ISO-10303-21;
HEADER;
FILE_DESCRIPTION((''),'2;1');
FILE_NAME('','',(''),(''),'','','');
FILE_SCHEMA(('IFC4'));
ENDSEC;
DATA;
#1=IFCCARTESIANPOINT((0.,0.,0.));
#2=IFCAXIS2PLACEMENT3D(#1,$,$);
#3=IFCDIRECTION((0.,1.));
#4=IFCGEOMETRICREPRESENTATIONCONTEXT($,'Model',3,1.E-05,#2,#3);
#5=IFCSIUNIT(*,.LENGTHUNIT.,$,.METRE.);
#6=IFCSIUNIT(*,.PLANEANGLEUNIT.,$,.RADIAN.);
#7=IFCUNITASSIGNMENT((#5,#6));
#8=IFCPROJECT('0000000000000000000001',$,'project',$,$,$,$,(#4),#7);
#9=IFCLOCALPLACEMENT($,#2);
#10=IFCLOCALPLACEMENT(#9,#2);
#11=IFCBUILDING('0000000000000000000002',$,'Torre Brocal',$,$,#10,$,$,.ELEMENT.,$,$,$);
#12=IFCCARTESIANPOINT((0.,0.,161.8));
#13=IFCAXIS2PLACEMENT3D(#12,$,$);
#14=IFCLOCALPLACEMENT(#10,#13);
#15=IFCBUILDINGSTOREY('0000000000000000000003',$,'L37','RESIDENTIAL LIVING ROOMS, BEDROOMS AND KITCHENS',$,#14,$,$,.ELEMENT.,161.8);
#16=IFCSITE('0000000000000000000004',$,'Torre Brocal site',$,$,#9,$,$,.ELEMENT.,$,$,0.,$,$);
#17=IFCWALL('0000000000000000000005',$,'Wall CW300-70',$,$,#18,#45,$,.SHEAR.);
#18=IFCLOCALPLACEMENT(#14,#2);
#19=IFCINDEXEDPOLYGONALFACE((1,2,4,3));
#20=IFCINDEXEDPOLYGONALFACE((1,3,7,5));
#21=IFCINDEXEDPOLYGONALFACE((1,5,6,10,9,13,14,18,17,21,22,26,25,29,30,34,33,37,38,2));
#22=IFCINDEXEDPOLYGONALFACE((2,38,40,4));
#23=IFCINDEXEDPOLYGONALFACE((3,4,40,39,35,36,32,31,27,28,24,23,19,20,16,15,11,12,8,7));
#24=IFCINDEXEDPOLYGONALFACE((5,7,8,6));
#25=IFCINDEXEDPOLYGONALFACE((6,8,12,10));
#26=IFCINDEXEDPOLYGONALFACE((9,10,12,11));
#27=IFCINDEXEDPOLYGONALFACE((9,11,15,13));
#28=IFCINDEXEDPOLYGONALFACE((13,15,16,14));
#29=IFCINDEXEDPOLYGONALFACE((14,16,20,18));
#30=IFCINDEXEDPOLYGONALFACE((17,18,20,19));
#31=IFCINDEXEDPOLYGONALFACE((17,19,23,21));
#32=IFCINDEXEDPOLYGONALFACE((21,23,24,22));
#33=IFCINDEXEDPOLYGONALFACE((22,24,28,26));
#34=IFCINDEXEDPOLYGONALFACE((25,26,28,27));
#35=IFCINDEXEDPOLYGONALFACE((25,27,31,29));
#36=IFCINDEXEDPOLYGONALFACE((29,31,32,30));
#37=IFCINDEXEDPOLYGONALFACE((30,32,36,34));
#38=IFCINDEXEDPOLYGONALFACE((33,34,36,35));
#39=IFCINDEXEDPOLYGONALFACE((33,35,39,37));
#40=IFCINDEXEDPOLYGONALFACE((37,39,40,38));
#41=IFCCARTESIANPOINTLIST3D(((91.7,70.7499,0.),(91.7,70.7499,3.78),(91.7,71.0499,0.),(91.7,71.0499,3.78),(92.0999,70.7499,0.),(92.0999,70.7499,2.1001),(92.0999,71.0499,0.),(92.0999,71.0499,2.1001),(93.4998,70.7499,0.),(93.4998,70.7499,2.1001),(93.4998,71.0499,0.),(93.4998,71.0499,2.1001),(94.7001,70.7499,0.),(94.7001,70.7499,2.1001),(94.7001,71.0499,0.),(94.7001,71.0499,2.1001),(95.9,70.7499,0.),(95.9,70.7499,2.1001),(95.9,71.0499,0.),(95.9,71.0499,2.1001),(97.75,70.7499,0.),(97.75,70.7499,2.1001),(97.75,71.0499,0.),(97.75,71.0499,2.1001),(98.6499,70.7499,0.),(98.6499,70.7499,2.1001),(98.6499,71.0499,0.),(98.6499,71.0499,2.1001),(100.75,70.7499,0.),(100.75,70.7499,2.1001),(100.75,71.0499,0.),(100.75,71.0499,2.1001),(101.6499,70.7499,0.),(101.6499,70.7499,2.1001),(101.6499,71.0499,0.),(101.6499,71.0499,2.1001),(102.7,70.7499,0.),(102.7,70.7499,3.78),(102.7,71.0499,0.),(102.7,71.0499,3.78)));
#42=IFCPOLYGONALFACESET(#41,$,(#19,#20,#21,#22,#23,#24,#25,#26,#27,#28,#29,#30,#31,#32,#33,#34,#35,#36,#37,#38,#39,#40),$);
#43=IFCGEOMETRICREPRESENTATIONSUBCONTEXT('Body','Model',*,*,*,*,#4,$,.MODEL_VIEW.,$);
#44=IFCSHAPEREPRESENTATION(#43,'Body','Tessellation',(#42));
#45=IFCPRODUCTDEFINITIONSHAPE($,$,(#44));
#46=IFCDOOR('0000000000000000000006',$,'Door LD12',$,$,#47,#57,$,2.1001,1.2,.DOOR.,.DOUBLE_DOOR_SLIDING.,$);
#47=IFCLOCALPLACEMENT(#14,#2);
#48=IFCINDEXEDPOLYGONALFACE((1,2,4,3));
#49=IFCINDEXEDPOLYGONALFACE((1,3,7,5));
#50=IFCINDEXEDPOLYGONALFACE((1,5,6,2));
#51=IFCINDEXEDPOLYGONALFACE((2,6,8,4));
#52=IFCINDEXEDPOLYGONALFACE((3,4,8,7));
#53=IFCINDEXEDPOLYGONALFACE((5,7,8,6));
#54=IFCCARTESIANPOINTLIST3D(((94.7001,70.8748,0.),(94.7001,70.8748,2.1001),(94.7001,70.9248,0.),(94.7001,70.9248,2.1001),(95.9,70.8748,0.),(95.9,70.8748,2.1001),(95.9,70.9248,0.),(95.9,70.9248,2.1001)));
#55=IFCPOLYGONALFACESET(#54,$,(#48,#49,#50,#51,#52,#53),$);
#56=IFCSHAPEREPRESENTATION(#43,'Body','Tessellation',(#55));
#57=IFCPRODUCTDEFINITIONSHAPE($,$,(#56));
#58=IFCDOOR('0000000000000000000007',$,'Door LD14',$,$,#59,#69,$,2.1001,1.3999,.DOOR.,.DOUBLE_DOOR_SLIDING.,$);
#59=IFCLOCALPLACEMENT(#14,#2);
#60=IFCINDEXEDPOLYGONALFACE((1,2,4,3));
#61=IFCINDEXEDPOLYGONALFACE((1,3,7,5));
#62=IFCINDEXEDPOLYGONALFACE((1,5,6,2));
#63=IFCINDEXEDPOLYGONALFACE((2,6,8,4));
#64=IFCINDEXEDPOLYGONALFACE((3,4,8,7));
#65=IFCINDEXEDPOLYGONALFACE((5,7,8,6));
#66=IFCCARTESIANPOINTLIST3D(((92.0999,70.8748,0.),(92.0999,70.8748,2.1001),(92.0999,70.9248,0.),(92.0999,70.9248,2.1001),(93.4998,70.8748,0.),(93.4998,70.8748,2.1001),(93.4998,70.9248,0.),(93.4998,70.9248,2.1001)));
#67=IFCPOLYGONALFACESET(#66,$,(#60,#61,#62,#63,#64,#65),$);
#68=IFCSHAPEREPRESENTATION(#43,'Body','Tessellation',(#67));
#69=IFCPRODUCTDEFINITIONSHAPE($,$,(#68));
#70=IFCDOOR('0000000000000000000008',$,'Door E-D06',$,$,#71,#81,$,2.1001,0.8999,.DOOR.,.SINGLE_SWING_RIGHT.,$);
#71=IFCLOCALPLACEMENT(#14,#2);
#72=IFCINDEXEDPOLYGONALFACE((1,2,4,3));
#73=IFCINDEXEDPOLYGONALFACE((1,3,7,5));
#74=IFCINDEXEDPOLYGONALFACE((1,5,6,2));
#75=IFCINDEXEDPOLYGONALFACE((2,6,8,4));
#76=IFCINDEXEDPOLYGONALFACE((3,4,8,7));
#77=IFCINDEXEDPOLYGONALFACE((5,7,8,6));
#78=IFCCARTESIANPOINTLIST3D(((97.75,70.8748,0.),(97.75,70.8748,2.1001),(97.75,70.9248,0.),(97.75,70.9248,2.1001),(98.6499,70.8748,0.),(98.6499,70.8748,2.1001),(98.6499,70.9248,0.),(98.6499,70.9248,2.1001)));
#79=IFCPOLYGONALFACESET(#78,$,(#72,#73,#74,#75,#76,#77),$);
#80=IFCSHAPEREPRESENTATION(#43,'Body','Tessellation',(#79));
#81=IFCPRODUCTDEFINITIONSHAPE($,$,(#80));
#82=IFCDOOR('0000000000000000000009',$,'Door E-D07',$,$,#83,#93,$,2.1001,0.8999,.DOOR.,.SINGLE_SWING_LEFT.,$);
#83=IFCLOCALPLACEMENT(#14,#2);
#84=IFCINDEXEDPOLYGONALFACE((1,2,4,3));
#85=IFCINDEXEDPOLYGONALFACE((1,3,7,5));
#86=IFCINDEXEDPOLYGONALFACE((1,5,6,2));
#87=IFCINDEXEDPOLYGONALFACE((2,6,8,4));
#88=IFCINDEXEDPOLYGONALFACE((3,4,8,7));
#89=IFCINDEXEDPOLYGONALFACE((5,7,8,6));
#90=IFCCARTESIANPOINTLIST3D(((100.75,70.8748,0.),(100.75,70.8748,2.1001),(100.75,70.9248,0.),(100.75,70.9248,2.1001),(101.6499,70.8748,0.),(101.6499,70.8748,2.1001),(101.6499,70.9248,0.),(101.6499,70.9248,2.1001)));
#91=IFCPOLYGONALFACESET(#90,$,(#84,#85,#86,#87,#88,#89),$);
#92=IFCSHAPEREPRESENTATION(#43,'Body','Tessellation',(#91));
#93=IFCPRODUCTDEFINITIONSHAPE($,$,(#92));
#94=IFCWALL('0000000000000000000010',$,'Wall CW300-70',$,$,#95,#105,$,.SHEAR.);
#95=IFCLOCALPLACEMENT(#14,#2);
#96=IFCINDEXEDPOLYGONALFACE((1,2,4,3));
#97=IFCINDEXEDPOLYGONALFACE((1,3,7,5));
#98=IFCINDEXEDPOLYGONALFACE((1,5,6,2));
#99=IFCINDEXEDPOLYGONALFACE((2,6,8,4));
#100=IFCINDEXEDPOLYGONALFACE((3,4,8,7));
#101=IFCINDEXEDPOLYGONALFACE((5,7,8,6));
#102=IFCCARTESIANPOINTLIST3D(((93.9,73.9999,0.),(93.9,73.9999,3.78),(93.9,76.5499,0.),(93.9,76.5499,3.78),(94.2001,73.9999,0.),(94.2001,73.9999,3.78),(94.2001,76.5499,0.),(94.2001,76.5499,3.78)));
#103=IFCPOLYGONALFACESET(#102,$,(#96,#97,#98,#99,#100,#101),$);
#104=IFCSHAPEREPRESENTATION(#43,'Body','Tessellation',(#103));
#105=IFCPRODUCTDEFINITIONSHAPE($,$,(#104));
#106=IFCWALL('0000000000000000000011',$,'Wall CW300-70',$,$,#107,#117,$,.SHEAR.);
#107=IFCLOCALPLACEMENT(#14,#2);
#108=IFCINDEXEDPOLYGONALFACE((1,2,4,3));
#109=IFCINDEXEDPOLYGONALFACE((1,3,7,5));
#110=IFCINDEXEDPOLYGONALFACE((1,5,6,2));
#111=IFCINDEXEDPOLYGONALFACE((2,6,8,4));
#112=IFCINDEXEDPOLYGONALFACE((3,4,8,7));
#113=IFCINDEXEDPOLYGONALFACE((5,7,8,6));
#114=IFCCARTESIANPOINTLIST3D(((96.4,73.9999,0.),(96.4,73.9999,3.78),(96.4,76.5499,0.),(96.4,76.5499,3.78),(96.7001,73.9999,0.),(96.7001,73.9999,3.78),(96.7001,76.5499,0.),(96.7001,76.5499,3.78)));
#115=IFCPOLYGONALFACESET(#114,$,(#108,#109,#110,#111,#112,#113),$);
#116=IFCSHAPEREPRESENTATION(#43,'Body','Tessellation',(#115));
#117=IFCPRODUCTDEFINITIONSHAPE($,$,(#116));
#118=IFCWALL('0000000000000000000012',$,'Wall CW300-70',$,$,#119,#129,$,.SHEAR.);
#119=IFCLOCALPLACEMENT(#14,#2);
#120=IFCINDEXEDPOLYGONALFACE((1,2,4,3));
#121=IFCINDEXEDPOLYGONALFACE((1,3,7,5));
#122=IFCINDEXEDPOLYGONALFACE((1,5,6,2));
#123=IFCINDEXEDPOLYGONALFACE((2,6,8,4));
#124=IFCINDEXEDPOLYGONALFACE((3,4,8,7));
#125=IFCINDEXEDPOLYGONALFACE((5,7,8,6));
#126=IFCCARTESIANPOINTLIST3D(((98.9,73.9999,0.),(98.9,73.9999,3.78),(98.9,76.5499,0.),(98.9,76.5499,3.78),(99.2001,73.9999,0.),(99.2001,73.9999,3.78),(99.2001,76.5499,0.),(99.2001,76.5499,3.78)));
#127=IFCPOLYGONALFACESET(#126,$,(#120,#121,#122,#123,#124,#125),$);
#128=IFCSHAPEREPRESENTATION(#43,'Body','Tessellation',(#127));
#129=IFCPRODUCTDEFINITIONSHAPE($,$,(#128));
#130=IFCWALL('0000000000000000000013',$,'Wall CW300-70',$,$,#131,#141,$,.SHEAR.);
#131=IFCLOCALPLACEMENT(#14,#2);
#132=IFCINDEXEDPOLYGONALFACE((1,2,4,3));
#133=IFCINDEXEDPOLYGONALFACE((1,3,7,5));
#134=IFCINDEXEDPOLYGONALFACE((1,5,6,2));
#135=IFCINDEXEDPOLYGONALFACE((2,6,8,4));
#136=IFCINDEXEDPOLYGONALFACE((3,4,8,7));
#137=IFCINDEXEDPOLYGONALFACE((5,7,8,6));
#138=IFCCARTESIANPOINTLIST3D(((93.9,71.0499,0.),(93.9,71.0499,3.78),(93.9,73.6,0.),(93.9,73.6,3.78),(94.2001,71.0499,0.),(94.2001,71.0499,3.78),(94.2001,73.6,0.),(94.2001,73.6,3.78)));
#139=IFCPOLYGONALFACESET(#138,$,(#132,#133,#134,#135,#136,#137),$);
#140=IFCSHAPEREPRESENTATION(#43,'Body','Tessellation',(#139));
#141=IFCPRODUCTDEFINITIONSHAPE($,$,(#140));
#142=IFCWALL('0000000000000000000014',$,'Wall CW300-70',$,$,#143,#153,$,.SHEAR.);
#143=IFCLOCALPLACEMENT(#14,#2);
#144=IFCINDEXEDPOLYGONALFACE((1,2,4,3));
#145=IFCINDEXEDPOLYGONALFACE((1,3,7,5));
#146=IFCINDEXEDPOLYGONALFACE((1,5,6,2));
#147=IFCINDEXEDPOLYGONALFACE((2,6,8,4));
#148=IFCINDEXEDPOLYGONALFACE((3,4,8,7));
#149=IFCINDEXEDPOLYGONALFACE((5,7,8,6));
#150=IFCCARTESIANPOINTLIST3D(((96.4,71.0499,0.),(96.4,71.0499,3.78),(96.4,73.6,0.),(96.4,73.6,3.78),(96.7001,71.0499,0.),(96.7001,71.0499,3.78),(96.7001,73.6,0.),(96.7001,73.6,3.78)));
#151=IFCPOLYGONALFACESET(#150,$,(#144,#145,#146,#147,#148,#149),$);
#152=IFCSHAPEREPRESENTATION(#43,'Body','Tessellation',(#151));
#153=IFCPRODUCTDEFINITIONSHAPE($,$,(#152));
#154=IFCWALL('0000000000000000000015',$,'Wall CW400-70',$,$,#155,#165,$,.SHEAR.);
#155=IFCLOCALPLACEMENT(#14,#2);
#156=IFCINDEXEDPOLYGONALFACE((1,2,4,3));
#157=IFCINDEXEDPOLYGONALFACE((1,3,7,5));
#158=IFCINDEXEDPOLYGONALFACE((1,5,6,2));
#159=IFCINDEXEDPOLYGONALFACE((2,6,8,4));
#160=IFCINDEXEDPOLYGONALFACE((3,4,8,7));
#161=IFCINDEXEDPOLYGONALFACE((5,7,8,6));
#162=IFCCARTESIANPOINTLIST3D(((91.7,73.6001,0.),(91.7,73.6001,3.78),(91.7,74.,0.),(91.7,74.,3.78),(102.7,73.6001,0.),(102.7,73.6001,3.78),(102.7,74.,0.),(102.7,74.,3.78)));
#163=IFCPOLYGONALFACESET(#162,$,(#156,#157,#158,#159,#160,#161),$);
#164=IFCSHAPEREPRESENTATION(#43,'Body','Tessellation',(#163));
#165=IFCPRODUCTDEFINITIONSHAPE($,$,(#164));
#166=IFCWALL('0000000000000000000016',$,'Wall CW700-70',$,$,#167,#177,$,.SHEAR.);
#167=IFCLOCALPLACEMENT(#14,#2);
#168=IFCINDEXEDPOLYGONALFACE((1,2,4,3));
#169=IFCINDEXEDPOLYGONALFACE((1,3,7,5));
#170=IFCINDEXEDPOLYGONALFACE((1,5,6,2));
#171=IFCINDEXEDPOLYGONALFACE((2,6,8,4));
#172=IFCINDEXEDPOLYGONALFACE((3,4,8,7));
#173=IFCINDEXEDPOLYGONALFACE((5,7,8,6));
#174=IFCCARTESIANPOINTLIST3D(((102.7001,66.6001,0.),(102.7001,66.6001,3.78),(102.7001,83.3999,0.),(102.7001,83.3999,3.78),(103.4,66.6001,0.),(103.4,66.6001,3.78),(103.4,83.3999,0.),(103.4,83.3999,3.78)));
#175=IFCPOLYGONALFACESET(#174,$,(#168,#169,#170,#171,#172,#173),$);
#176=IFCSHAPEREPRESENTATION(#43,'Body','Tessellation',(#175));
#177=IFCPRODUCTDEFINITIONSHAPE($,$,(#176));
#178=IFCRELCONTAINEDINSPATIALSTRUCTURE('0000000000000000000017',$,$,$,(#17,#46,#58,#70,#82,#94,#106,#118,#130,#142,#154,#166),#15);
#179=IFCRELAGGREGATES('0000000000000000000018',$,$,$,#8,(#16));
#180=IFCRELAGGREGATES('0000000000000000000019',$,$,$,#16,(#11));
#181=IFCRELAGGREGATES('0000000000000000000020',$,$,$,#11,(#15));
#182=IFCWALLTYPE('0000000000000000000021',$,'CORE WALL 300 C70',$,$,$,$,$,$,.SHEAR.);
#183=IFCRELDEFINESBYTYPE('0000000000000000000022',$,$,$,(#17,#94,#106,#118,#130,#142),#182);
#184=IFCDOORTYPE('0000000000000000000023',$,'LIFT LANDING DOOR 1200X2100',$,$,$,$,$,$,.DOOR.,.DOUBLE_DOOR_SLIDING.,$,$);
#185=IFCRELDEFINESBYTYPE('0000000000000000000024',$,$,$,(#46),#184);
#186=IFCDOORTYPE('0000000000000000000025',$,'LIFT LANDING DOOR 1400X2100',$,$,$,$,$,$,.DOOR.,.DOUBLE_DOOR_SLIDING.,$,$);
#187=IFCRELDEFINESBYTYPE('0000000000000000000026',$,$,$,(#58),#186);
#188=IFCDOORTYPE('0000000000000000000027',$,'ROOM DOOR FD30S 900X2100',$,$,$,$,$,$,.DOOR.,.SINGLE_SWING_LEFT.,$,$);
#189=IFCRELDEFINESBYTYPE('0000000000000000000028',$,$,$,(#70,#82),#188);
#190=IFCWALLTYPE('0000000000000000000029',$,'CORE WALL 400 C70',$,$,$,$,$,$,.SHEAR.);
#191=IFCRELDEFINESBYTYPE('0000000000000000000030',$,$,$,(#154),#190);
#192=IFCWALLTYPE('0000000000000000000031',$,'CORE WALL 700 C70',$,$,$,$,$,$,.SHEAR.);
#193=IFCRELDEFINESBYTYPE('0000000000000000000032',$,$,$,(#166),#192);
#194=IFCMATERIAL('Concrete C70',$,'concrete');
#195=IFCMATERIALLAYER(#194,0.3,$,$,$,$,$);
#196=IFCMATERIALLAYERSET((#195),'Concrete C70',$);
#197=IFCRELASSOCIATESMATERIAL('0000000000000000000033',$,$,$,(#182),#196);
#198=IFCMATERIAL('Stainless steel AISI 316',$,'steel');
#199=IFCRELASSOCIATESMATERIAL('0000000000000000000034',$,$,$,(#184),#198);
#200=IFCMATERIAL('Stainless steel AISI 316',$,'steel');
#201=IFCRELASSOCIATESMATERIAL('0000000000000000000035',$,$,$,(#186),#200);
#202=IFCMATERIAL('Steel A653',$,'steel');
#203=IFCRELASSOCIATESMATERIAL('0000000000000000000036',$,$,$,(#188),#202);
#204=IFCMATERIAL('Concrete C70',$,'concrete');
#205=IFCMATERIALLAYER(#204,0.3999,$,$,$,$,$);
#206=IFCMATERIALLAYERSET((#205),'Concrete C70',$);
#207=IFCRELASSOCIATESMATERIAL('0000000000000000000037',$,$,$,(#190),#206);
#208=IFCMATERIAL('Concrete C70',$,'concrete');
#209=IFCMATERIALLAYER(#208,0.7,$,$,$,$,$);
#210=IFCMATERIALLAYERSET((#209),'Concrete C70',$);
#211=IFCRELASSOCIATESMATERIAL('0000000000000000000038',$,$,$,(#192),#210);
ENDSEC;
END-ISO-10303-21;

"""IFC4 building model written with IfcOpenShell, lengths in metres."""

from ifc_helpers import new_model, si_unit, direction, frame, frame_2d, origin, place, context, subcontext, project, spatial, rectangle, extrude, material, layer, layer_set, type_object, element, fill, save


model = new_model("IFC4")

# Units and contexts
model_context = context("Model", 3, precision=1e-05, world=origin(), true_north=direction((0.0, 1.0)))
body_context = subcontext(model_context, "Body", "Model", "MODEL_VIEW")
ifc_project = project(units=[si_unit("LENGTHUNIT", "METRE"), si_unit("PLANEANGLEUNIT", "RADIAN")], contexts=[model_context])

# Site, building, storey
site_placement = place(None, origin())
site = spatial("IfcSite", under=ifc_project, at=site_placement, Name="Torre Brocal site", CompositionType="ELEMENT", RefElevation=0.0)
building_placement = place(site_placement, origin())
building = spatial("IfcBuilding", under=site, at=building_placement, Name="Torre Brocal", CompositionType="ELEMENT")
storey_placement = place(building_placement, frame((0.0, 0.0, 161.8)))
storey = spatial("IfcBuildingStorey", under=building, at=storey_placement, Name="L37", Description="RESIDENTIAL LIVING ROOMS, BEDROOMS AND KITCHENS", CompositionType="ELEMENT", Elevation=161.8)

# Shared definitions
ifc_material_1 = material(Name="Concrete C70", Category="concrete")
ifc_layer_1 = layer(ifc_material_1, 0.3)
ifc_layer_set_1 = layer_set([ifc_layer_1], Name="Concrete C70")
wall_type_1 = type_object("IfcWallType", Name="CORE WALL 300 C70", PredefinedType="SHEAR", material=ifc_layer_set_1)

# Wall, openings, doors
wall_1_placement = place(storey_placement, frame((91.7, 70.8999, 0.0), z_axis=(0.0, 0.0, 1.0), x_axis=(1.0, 0.0, 0.0)))
wall_1 = element("IfcWall", 1, at=wall_1_placement, inside=storey, type_object=wall_type_1, Name="Wall CW300-70", PredefinedType="SHEAR", context=body_context, shape_type="SweptSolid", body=[
    extrude(rectangle(XDim=11.0, YDim=0.3, at=frame_2d((5.5, 0.0))), origin(), (0.0, 0.0, 1.0), 3.78),
])
opening_1_placement = place(wall_1_placement, frame((0.3999, 0.0, 0.0)))
opening_1 = element("IfcOpeningElement", 2, at=opening_1_placement, cuts=wall_1, PredefinedType="OPENING", context=body_context, shape_type="SweptSolid", body=[
    extrude(rectangle(XDim=1.3999, YDim=2.1001, at=frame_2d((0.7, 1.05))), frame((0.0, 0.1599, 0.0), z_axis=(0.0, -1.0, 0.0), x_axis=(1.0, 0.0, 0.0)), (0.0, 0.0, 1.0), 0.3201),
])
opening_2_placement = place(wall_1_placement, frame((3.0, 0.0, 0.0)))
opening_2 = element("IfcOpeningElement", 3, at=opening_2_placement, cuts=wall_1, PredefinedType="OPENING", context=body_context, shape_type="SweptSolid", body=[
    extrude(rectangle(XDim=1.2, YDim=2.1001, at=frame_2d((0.6001, 1.05))), frame((0.0, 0.1599, 0.0), z_axis=(0.0, -1.0, 0.0), x_axis=(1.0, 0.0, 0.0)), (0.0, 0.0, 1.0), 0.3201),
])
opening_3_placement = place(wall_1_placement, frame((6.05, 0.0, 0.0)))
opening_3 = element("IfcOpeningElement", 4, at=opening_3_placement, cuts=wall_1, PredefinedType="OPENING", context=body_context, shape_type="SweptSolid", body=[
    extrude(rectangle(XDim=0.8999, YDim=2.1001, at=frame_2d((0.45, 1.05))), frame((0.0, 0.1599, 0.0), z_axis=(0.0, -1.0, 0.0), x_axis=(1.0, 0.0, 0.0)), (0.0, 0.0, 1.0), 0.3201),
])
opening_4_placement = place(wall_1_placement, frame((9.05, 0.0, 0.0)))
opening_4 = element("IfcOpeningElement", 5, at=opening_4_placement, cuts=wall_1, PredefinedType="OPENING", context=body_context, shape_type="SweptSolid", body=[
    extrude(rectangle(XDim=0.8999, YDim=2.1001, at=frame_2d((0.45, 1.05))), frame((0.0, 0.1599, 0.0), z_axis=(0.0, -1.0, 0.0), x_axis=(1.0, 0.0, 0.0)), (0.0, 0.0, 1.0), 0.3201),
])
ifc_material_2 = material(Name="Stainless steel AISI 316", Category="steel")
door_type_1 = type_object("IfcDoorType", Name="LIFT LANDING DOOR 1200X2100", OperationType="DOUBLE_DOOR_SLIDING", PredefinedType="DOOR", material=ifc_material_2)
door_1_placement = place(opening_2_placement, origin())
door_1 = element("IfcDoor", 6, at=door_1_placement, inside=storey, type_object=door_type_1, Name="Door LD12", OperationType="DOUBLE_DOOR_SLIDING", OverallHeight=2.1001, OverallWidth=1.2, PredefinedType="DOOR", context=body_context, shape_type="SweptSolid", body=[
    extrude(rectangle(XDim=1.2, YDim=2.1001, at=frame_2d((0.6001, 1.05))), frame((0.0, 0.0249, 0.0), z_axis=(0.0, -1.0, 0.0), x_axis=(1.0, 0.0, 0.0)), (0.0, 0.0, 1.0), 0.05),
])
fill(opening_2, door_1)
ifc_material_3 = material(Name="Stainless steel AISI 316", Category="steel")
door_type_2 = type_object("IfcDoorType", Name="LIFT LANDING DOOR 1400X2100", OperationType="DOUBLE_DOOR_SLIDING", PredefinedType="DOOR", material=ifc_material_3)
door_2_placement = place(opening_1_placement, origin())
door_2 = element("IfcDoor", 7, at=door_2_placement, inside=storey, type_object=door_type_2, Name="Door LD14", OperationType="DOUBLE_DOOR_SLIDING", OverallHeight=2.1001, OverallWidth=1.3999, PredefinedType="DOOR", context=body_context, shape_type="SweptSolid", body=[
    extrude(rectangle(XDim=1.3999, YDim=2.1001, at=frame_2d((0.7, 1.05))), frame((0.0, 0.0249, 0.0), z_axis=(0.0, -1.0, 0.0), x_axis=(1.0, 0.0, 0.0)), (0.0, 0.0, 1.0), 0.05),
])
fill(opening_1, door_2)
ifc_material_4 = material(Name="Steel A653", Category="steel")
door_type_3 = type_object("IfcDoorType", Name="ROOM DOOR FD30S 900X2100", OperationType="SINGLE_SWING_LEFT", PredefinedType="DOOR", material=ifc_material_4)
door_3_placement = place(opening_3_placement, origin())
door_3 = element("IfcDoor", 8, at=door_3_placement, inside=storey, type_object=door_type_3, Name="Door E-D06", OperationType="SINGLE_SWING_RIGHT", OverallHeight=2.1001, OverallWidth=0.8999, PredefinedType="DOOR", context=body_context, shape_type="SweptSolid", body=[
    extrude(rectangle(XDim=0.8999, YDim=2.1001, at=frame_2d((0.45, 1.05))), frame((0.0, 0.0249, 0.0), z_axis=(0.0, -1.0, 0.0), x_axis=(1.0, 0.0, 0.0)), (0.0, 0.0, 1.0), 0.05),
])
fill(opening_3, door_3)
door_4_placement = place(opening_4_placement, origin())
door_4 = element("IfcDoor", 9, at=door_4_placement, inside=storey, type_object=door_type_3, Name="Door E-D07", OperationType="SINGLE_SWING_LEFT", OverallHeight=2.1001, OverallWidth=0.8999, PredefinedType="DOOR", context=body_context, shape_type="SweptSolid", body=[
    extrude(rectangle(XDim=0.8999, YDim=2.1001, at=frame_2d((0.45, 1.05))), frame((0.0, 0.0249, 0.0), z_axis=(0.0, -1.0, 0.0), x_axis=(1.0, 0.0, 0.0)), (0.0, 0.0, 1.0), 0.05),
])
fill(opening_4, door_4)

# Walls
for number, where, z_axis, x_axis, name in (
    (10, (94.05, 74.0, 0.0), (0.0, 0.0, 1.0), (0.0, 1.0, 0.0), "Wall CW300-70"),
    (11, (96.55, 74.0, 0.0), (0.0, 0.0, 1.0), (0.0, 1.0, 0.0), "Wall CW300-70"),
    (12, (99.05, 74.0, 0.0), (0.0, 0.0, 1.0), (0.0, 1.0, 0.0), "Wall CW300-70"),
    (13, (94.05, 71.05, 0.0), (0.0, 0.0, 1.0), (0.0, 1.0, 0.0), "Wall CW300-70"),
    (14, (96.55, 71.05, 0.0), (0.0, 0.0, 1.0), (0.0, 1.0, 0.0), "Wall CW300-70"),
):
    element("IfcWall", number, at=place(storey_placement, frame(where, z_axis=z_axis, x_axis=x_axis)), inside=storey, type_object=wall_type_1, Name=name, PredefinedType="SHEAR", context=body_context, shape_type="SweptSolid", body=[
        extrude(rectangle(XDim=2.55, YDim=0.3, at=frame_2d((1.2749, 0.0))), origin(), (0.0, 0.0, 1.0), 3.78),
    ])
ifc_material_5 = material(Name="Concrete C70", Category="concrete")
ifc_layer_2 = layer(ifc_material_5, 0.3999)
ifc_layer_set_2 = layer_set([ifc_layer_2], Name="Concrete C70")
wall_type_2 = type_object("IfcWallType", Name="CORE WALL 400 C70", PredefinedType="SHEAR", material=ifc_layer_set_2)
wall_2_placement = place(storey_placement, frame((91.7, 73.8, 0.0), z_axis=(0.0, 0.0, 1.0), x_axis=(1.0, 0.0, 0.0)))
element("IfcWall", 15, at=wall_2_placement, inside=storey, type_object=wall_type_2, Name="Wall CW400-70", PredefinedType="SHEAR", context=body_context, shape_type="SweptSolid", body=[
    extrude(rectangle(XDim=11.0, YDim=0.3999, at=frame_2d((5.5, 0.0))), origin(), (0.0, 0.0, 1.0), 3.78),
])
ifc_material_6 = material(Name="Concrete C70", Category="concrete")
ifc_layer_3 = layer(ifc_material_6, 0.7)
ifc_layer_set_3 = layer_set([ifc_layer_3], Name="Concrete C70")
wall_type_3 = type_object("IfcWallType", Name="CORE WALL 700 C70", PredefinedType="SHEAR", material=ifc_layer_set_3)
wall_3_placement = place(storey_placement, frame((103.05, 66.6001, 0.0), z_axis=(0.0, 0.0, 1.0), x_axis=(0.0, 1.0, 0.0)))
element("IfcWall", 16, at=wall_3_placement, inside=storey, type_object=wall_type_3, Name="Wall CW700-70", PredefinedType="SHEAR", context=body_context, shape_type="SweptSolid", body=[
    extrude(rectangle(XDim=16.7998, YDim=0.7, at=frame_2d((8.3999, 0.0))), origin(), (0.0, 0.0, 1.0), 3.78),
])

save(model, "model.ifc")
